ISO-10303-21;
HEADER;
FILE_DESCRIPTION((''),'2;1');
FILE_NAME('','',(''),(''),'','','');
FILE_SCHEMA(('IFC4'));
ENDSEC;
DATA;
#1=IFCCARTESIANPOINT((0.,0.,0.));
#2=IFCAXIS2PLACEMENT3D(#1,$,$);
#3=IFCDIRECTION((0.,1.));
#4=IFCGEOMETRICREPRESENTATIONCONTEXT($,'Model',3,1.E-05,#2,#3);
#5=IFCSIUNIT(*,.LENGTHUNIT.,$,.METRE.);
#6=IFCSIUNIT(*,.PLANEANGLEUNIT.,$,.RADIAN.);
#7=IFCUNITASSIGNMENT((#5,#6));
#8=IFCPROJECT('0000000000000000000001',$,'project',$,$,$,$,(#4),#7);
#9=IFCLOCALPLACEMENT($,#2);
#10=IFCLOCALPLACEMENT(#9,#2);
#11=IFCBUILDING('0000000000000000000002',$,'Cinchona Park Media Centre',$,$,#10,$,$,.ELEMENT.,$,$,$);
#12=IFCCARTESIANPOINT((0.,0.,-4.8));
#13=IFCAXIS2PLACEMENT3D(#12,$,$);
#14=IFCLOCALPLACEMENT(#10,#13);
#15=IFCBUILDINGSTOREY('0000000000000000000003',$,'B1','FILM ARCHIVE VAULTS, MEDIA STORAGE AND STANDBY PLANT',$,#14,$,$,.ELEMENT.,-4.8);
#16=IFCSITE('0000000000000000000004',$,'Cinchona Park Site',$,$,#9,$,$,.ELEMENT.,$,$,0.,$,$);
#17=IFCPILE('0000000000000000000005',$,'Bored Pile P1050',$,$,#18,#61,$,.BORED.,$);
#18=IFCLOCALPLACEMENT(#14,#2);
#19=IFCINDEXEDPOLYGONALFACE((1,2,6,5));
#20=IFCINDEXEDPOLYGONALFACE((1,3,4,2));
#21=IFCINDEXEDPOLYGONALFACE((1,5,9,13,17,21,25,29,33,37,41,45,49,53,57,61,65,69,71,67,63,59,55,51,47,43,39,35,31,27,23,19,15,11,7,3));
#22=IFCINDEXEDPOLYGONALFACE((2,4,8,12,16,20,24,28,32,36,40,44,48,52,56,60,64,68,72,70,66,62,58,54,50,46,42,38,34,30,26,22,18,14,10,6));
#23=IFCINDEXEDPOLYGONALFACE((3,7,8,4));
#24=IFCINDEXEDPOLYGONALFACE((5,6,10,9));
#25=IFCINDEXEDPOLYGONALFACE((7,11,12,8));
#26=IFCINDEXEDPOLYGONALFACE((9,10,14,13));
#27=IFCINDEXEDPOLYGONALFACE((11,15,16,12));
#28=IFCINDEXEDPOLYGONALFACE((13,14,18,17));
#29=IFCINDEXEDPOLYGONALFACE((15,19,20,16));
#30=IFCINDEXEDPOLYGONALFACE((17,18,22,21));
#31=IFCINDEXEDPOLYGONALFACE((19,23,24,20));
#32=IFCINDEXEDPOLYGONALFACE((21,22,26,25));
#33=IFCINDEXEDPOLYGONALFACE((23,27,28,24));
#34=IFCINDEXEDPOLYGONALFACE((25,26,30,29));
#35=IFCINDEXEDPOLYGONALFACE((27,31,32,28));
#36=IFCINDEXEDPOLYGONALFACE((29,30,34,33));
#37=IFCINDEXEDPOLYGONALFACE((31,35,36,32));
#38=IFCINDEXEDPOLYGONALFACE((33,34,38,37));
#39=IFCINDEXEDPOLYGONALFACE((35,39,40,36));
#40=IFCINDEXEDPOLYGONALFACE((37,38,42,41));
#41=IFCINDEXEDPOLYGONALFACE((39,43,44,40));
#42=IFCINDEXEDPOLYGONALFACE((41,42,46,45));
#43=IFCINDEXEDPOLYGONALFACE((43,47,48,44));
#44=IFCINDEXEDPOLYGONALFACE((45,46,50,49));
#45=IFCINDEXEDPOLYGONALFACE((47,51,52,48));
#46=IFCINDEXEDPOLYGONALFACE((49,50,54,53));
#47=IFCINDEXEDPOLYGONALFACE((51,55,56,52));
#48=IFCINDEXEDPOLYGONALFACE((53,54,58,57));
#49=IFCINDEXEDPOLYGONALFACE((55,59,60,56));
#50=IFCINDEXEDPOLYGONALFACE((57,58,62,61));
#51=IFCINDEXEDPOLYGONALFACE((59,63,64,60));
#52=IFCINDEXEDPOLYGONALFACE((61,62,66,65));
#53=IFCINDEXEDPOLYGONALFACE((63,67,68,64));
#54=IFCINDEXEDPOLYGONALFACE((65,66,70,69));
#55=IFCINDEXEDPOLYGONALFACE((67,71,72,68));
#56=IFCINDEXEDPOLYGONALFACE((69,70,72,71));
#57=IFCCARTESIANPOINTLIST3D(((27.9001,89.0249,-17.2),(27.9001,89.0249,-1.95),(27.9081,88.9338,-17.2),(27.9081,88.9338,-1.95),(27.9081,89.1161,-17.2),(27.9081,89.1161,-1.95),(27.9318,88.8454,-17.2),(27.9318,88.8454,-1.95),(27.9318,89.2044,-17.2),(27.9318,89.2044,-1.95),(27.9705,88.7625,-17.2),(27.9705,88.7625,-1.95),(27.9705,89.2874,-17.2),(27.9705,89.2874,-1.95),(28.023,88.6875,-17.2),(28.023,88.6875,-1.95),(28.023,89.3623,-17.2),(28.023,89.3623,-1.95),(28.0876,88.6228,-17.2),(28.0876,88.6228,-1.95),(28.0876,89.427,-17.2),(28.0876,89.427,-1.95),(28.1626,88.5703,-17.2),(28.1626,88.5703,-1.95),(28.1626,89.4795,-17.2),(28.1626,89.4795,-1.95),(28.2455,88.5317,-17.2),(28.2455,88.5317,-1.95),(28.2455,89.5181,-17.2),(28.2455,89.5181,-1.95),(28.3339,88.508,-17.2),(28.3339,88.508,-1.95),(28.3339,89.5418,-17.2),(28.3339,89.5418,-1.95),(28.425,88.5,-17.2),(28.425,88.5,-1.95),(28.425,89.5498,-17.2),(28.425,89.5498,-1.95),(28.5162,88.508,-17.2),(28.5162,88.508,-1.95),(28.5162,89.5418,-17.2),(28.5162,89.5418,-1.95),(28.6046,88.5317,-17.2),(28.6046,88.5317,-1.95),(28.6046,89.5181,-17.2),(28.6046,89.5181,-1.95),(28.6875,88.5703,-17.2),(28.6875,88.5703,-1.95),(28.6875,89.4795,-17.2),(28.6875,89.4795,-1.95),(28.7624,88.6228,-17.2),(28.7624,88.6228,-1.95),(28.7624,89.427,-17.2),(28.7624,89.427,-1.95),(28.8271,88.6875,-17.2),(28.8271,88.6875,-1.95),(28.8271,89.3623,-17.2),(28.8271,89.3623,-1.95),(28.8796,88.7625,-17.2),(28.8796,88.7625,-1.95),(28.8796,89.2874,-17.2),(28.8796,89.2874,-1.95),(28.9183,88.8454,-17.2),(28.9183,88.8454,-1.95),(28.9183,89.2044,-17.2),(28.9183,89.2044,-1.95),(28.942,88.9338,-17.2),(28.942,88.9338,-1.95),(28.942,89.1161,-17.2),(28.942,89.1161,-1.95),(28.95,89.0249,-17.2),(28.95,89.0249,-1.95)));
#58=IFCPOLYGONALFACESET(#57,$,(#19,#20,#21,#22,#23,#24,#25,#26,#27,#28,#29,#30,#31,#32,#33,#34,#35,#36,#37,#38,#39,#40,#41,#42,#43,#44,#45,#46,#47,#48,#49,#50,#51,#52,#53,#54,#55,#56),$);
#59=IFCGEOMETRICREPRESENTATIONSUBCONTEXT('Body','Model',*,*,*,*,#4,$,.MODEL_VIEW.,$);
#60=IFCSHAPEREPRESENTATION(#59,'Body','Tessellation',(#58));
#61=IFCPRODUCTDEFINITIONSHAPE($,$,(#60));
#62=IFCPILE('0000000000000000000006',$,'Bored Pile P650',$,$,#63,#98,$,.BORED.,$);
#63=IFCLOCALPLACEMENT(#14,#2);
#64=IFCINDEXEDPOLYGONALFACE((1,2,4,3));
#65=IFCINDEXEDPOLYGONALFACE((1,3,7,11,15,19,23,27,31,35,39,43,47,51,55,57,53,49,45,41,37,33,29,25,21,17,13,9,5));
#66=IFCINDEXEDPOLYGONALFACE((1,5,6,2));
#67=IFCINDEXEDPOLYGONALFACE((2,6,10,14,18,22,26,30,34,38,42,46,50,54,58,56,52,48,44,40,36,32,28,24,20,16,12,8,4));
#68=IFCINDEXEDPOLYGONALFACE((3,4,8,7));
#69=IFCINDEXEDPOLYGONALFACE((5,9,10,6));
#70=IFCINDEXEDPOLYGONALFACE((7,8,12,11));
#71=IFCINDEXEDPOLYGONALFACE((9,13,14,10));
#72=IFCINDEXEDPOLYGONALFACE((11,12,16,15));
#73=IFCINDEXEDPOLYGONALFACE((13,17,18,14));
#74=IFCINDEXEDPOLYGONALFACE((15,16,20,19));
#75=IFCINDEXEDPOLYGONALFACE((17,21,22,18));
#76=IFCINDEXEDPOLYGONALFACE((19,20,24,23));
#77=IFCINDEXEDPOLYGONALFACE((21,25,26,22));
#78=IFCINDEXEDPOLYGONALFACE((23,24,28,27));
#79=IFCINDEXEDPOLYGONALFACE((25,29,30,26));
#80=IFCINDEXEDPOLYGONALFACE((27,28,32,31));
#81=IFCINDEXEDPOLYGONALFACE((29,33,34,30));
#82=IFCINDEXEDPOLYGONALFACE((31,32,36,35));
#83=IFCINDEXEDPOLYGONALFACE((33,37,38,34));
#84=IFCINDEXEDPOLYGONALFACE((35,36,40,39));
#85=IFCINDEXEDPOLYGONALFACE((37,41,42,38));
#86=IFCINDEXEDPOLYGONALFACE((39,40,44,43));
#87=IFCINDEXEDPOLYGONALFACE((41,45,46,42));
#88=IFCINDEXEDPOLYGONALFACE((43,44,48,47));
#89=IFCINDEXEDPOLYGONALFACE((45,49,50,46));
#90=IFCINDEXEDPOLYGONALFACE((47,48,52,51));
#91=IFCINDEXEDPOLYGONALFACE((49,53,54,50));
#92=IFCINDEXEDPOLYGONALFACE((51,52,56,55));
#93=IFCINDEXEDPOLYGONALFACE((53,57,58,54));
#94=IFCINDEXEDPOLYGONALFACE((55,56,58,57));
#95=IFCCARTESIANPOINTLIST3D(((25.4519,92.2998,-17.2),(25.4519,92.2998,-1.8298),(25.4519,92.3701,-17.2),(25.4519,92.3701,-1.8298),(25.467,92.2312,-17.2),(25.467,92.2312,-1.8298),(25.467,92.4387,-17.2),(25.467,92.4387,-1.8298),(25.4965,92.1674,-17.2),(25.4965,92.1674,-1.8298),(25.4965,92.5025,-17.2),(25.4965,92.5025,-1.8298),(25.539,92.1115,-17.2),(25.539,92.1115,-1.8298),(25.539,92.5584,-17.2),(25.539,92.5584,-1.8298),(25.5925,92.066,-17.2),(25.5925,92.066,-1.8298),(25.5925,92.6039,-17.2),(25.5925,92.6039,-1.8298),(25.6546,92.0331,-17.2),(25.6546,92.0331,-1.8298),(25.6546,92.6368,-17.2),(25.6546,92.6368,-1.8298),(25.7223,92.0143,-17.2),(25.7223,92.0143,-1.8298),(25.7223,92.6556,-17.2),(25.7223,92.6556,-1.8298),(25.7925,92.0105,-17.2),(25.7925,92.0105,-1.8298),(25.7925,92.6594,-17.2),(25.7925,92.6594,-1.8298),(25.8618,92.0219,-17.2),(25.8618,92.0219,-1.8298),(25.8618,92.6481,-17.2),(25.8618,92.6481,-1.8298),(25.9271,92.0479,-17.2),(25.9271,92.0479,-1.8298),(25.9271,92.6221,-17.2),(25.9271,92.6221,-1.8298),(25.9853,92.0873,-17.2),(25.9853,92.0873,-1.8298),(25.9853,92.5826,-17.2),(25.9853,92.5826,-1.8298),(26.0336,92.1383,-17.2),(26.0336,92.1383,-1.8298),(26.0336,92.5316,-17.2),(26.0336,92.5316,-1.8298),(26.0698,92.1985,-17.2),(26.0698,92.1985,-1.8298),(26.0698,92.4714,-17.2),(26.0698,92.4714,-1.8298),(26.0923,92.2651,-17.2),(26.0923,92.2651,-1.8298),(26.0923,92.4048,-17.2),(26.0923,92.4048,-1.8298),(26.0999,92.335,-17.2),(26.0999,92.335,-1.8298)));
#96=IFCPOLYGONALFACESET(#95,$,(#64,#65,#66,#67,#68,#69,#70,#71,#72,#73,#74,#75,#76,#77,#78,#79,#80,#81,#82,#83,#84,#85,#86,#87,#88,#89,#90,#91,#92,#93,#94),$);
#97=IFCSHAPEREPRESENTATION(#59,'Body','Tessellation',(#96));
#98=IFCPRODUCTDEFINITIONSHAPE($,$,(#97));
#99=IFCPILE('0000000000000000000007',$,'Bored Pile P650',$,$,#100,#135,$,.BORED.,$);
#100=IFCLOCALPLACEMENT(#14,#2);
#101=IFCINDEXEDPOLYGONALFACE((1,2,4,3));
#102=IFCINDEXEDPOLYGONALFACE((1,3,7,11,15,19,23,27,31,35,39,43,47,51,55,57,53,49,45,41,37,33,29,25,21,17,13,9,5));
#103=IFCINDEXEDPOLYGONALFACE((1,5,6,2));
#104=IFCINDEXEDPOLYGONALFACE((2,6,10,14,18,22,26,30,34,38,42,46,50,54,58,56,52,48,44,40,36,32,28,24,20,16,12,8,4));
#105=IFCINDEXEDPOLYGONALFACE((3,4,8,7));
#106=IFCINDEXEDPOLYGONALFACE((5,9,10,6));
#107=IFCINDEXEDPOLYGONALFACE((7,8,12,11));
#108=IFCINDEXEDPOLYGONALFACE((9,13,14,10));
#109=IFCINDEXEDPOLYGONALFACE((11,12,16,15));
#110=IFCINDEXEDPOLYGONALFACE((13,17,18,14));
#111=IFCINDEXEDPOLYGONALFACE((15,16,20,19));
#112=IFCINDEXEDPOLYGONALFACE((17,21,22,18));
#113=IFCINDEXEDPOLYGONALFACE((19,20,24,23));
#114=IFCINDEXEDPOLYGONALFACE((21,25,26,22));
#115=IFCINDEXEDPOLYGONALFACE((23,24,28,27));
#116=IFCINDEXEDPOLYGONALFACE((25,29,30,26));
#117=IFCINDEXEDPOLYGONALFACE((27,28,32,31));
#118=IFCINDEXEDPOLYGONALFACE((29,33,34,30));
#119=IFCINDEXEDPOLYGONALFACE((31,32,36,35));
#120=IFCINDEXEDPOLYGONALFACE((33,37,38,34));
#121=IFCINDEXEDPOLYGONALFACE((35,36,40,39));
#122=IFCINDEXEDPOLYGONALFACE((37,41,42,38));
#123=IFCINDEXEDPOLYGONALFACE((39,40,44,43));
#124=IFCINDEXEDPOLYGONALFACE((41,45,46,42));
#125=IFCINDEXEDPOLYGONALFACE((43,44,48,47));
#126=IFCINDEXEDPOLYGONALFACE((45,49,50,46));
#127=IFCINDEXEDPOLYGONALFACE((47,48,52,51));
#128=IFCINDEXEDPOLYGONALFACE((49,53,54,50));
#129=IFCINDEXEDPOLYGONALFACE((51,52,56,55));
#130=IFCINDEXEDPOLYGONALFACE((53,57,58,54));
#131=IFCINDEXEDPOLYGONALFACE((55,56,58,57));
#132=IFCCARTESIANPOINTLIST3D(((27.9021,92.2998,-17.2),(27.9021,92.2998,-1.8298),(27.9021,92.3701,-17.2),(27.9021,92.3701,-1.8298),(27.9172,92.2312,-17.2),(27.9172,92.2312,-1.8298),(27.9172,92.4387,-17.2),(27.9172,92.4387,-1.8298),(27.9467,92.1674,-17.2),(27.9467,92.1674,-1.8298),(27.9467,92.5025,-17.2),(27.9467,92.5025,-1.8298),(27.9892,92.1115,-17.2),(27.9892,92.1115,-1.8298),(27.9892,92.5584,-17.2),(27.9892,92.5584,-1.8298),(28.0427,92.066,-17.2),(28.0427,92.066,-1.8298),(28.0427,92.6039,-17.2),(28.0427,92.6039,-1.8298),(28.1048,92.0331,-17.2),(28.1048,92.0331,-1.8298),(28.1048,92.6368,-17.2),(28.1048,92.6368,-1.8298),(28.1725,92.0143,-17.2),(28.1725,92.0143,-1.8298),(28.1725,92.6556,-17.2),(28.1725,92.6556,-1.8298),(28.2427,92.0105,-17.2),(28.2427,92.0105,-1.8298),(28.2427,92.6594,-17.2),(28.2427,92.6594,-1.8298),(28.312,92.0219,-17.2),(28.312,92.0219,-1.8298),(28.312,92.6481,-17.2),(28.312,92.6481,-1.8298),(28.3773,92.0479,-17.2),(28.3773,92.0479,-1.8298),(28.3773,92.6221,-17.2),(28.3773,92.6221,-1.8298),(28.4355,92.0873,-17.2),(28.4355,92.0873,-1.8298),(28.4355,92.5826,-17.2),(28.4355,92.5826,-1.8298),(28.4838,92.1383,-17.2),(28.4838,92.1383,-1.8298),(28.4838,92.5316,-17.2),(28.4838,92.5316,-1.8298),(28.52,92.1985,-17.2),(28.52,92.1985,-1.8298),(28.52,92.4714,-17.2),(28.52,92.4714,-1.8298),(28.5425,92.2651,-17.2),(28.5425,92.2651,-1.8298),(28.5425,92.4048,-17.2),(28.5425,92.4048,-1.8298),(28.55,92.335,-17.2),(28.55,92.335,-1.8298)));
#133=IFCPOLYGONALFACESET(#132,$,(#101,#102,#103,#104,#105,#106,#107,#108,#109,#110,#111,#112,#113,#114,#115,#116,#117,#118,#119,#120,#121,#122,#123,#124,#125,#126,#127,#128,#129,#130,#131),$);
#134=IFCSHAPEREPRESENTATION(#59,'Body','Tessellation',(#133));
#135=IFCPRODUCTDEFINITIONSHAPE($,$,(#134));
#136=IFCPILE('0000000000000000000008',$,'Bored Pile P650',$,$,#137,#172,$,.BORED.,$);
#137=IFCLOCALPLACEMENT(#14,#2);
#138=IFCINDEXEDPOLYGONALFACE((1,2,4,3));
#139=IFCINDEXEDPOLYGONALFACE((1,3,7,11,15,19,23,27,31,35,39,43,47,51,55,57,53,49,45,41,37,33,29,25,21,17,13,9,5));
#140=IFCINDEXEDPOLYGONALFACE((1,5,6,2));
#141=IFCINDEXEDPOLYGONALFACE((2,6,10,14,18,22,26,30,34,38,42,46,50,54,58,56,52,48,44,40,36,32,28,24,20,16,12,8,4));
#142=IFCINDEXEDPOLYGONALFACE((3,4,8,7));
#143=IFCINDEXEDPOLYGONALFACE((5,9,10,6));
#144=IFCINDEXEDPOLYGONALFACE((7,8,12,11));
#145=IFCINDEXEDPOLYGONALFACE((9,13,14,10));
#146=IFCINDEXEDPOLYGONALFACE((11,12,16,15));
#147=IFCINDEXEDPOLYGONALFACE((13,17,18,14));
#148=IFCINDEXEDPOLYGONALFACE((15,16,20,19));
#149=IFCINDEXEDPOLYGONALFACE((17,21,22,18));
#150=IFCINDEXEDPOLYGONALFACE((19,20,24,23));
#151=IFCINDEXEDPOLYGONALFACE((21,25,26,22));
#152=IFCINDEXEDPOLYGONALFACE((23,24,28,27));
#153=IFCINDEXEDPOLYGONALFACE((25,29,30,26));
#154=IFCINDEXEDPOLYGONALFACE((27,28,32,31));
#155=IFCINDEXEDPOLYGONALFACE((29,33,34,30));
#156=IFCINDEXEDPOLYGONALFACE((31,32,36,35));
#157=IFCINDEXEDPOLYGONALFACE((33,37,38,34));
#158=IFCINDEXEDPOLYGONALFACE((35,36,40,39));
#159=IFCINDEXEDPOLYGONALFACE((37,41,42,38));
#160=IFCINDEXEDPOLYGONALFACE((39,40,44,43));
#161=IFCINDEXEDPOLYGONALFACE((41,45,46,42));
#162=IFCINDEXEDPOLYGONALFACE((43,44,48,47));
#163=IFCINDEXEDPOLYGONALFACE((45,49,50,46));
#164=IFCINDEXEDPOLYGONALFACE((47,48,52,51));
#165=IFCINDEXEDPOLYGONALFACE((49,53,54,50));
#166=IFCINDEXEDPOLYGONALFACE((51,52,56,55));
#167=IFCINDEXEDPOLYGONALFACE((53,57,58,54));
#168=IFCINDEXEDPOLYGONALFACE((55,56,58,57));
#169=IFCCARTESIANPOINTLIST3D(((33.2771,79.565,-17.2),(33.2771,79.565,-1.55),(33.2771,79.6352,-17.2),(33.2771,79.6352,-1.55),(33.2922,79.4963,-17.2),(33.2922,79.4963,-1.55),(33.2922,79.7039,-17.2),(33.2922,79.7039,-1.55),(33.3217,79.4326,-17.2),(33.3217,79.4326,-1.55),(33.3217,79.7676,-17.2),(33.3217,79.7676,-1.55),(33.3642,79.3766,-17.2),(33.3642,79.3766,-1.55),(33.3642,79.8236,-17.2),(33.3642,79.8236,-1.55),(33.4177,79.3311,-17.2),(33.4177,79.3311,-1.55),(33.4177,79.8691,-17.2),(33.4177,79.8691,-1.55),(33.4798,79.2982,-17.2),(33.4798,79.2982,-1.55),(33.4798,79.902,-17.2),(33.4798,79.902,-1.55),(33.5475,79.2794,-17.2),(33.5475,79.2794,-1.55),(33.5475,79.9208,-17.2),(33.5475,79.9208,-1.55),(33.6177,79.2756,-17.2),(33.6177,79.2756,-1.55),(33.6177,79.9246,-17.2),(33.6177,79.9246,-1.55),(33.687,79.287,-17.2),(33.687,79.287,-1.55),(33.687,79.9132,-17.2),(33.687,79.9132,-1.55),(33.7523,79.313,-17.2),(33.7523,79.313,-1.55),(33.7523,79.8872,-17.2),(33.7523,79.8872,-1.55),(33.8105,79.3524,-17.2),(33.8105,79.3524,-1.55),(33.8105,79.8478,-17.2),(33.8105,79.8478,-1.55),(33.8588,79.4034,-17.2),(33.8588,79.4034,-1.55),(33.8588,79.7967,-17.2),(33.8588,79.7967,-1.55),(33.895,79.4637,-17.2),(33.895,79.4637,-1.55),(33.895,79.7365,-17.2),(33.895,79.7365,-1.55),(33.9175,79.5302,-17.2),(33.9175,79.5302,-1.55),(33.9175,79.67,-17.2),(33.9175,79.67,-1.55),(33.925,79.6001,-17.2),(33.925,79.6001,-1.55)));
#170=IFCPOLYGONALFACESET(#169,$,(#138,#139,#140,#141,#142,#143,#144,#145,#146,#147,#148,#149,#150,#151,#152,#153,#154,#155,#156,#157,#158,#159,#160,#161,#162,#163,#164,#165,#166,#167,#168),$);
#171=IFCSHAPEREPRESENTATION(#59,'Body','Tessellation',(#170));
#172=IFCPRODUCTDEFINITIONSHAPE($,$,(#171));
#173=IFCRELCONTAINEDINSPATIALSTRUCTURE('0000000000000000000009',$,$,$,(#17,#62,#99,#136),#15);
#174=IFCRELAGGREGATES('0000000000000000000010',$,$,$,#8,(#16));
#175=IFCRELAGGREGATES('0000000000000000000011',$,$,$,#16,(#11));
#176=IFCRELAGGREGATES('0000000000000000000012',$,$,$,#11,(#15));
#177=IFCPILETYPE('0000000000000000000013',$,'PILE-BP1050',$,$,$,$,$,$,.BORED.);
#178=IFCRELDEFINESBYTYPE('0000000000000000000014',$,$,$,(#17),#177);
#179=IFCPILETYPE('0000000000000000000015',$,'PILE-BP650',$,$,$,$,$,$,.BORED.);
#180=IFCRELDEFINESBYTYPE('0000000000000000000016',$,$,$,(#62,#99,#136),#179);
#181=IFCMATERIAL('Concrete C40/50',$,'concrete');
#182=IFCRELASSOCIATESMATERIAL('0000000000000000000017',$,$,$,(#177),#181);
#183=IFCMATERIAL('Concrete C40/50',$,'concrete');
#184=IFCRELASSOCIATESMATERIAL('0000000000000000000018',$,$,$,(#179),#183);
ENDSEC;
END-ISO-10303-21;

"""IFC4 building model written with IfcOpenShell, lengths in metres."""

from ifc_helpers import new_model, si_unit, direction, frame, origin, origin_2d, place, context, subcontext, project, spatial, circle, extrude, material, material_profile, profile_set, type_object, element, save


model = new_model("IFC4")

# Units and contexts
model_context = context("Model", 3, precision=1e-05, world=origin(), true_north=direction((0.0, 1.0)))
body_context = subcontext(model_context, "Body", "Model", "MODEL_VIEW")
ifc_project = project(units=[si_unit("LENGTHUNIT", "METRE"), si_unit("PLANEANGLEUNIT", "RADIAN")], contexts=[model_context])

# Site, building, storey
site_placement = place(None, origin())
site = spatial("IfcSite", under=ifc_project, at=site_placement, Name="Cinchona Park Site", CompositionType="ELEMENT", RefElevation=0.0)
building_placement = place(site_placement, origin())
building = spatial("IfcBuilding", under=site, at=building_placement, Name="Cinchona Park Media Centre", CompositionType="ELEMENT")
storey_placement = place(building_placement, frame((0.0, 0.0, -4.8)))
storey = spatial("IfcBuildingStorey", under=building, at=storey_placement, Name="B1", Description="FILM ARCHIVE VAULTS, MEDIA STORAGE AND STANDBY PLANT", CompositionType="ELEMENT", Elevation=-4.8)

# Piles
ifc_material_1 = material(Name="Concrete C40/50", Category="concrete")
ifc_material_profile_1 = material_profile(ifc_material_1, circle(Radius=0.5249, at=origin_2d()), Name="BORED PILE 1050")
ifc_profile_set_1 = profile_set([ifc_material_profile_1], Name="Concrete C40/50")
pile_type_1 = type_object("IfcPileType", Name="PILE-BP1050", PredefinedType="BORED", material=ifc_profile_set_1)
for number, where, z_axis, x_axis, name in (
    (1, (28.425, 89.0249, -1.95), (0.0, 0.0, -1.0), (1.0, 0.0, 0.0), "Bored Pile P1050"),
):
    element("IfcPile", number, at=place(storey_placement, frame(where, z_axis=z_axis, x_axis=x_axis)), inside=storey, type_object=pile_type_1, Name=name, PredefinedType="BORED", context=body_context, shape_type="SweptSolid", body=[
        extrude(circle(Radius=0.5249, at=origin_2d()), origin(), (0.0, 0.0, 1.0), 15.25),
    ])
ifc_material_2 = material(Name="Concrete C40/50", Category="concrete")
ifc_material_profile_2 = material_profile(ifc_material_2, circle(Radius=0.325, at=origin_2d()), Name="BORED PILE 650")
ifc_profile_set_2 = profile_set([ifc_material_profile_2], Name="Concrete C40/50")
pile_type_2 = type_object("IfcPileType", Name="PILE-BP650", PredefinedType="BORED", material=ifc_profile_set_2)
for number, where, z_axis, x_axis, name in (
    (2, (25.7749, 92.335, -1.8298), (0.0, 0.0, -1.0), (1.0, 0.0, 0.0), "Bored Pile P650"),
    (3, (28.2251, 92.335, -1.8298), (0.0, 0.0, -1.0), (1.0, 0.0, 0.0), "Bored Pile P650"),
):
    element("IfcPile", number, at=place(storey_placement, frame(where, z_axis=z_axis, x_axis=x_axis)), inside=storey, type_object=pile_type_2, Name=name, PredefinedType="BORED", context=body_context, shape_type="SweptSolid", body=[
        extrude(circle(Radius=0.325, at=origin_2d()), origin(), (0.0, 0.0, 1.0), 15.3701),
    ])
pile_1_placement = place(storey_placement, frame((33.6001, 79.6001, -1.55), z_axis=(0.0, 0.0, -1.0), x_axis=(1.0, 0.0, 0.0)))
element("IfcPile", 4, at=pile_1_placement, inside=storey, type_object=pile_type_2, Name="Bored Pile P650", PredefinedType="BORED", context=body_context, shape_type="SweptSolid", body=[
    extrude(circle(Radius=0.325, at=origin_2d()), origin(), (0.0, 0.0, 1.0), 15.6499),
])

save(model, "model.ifc")
